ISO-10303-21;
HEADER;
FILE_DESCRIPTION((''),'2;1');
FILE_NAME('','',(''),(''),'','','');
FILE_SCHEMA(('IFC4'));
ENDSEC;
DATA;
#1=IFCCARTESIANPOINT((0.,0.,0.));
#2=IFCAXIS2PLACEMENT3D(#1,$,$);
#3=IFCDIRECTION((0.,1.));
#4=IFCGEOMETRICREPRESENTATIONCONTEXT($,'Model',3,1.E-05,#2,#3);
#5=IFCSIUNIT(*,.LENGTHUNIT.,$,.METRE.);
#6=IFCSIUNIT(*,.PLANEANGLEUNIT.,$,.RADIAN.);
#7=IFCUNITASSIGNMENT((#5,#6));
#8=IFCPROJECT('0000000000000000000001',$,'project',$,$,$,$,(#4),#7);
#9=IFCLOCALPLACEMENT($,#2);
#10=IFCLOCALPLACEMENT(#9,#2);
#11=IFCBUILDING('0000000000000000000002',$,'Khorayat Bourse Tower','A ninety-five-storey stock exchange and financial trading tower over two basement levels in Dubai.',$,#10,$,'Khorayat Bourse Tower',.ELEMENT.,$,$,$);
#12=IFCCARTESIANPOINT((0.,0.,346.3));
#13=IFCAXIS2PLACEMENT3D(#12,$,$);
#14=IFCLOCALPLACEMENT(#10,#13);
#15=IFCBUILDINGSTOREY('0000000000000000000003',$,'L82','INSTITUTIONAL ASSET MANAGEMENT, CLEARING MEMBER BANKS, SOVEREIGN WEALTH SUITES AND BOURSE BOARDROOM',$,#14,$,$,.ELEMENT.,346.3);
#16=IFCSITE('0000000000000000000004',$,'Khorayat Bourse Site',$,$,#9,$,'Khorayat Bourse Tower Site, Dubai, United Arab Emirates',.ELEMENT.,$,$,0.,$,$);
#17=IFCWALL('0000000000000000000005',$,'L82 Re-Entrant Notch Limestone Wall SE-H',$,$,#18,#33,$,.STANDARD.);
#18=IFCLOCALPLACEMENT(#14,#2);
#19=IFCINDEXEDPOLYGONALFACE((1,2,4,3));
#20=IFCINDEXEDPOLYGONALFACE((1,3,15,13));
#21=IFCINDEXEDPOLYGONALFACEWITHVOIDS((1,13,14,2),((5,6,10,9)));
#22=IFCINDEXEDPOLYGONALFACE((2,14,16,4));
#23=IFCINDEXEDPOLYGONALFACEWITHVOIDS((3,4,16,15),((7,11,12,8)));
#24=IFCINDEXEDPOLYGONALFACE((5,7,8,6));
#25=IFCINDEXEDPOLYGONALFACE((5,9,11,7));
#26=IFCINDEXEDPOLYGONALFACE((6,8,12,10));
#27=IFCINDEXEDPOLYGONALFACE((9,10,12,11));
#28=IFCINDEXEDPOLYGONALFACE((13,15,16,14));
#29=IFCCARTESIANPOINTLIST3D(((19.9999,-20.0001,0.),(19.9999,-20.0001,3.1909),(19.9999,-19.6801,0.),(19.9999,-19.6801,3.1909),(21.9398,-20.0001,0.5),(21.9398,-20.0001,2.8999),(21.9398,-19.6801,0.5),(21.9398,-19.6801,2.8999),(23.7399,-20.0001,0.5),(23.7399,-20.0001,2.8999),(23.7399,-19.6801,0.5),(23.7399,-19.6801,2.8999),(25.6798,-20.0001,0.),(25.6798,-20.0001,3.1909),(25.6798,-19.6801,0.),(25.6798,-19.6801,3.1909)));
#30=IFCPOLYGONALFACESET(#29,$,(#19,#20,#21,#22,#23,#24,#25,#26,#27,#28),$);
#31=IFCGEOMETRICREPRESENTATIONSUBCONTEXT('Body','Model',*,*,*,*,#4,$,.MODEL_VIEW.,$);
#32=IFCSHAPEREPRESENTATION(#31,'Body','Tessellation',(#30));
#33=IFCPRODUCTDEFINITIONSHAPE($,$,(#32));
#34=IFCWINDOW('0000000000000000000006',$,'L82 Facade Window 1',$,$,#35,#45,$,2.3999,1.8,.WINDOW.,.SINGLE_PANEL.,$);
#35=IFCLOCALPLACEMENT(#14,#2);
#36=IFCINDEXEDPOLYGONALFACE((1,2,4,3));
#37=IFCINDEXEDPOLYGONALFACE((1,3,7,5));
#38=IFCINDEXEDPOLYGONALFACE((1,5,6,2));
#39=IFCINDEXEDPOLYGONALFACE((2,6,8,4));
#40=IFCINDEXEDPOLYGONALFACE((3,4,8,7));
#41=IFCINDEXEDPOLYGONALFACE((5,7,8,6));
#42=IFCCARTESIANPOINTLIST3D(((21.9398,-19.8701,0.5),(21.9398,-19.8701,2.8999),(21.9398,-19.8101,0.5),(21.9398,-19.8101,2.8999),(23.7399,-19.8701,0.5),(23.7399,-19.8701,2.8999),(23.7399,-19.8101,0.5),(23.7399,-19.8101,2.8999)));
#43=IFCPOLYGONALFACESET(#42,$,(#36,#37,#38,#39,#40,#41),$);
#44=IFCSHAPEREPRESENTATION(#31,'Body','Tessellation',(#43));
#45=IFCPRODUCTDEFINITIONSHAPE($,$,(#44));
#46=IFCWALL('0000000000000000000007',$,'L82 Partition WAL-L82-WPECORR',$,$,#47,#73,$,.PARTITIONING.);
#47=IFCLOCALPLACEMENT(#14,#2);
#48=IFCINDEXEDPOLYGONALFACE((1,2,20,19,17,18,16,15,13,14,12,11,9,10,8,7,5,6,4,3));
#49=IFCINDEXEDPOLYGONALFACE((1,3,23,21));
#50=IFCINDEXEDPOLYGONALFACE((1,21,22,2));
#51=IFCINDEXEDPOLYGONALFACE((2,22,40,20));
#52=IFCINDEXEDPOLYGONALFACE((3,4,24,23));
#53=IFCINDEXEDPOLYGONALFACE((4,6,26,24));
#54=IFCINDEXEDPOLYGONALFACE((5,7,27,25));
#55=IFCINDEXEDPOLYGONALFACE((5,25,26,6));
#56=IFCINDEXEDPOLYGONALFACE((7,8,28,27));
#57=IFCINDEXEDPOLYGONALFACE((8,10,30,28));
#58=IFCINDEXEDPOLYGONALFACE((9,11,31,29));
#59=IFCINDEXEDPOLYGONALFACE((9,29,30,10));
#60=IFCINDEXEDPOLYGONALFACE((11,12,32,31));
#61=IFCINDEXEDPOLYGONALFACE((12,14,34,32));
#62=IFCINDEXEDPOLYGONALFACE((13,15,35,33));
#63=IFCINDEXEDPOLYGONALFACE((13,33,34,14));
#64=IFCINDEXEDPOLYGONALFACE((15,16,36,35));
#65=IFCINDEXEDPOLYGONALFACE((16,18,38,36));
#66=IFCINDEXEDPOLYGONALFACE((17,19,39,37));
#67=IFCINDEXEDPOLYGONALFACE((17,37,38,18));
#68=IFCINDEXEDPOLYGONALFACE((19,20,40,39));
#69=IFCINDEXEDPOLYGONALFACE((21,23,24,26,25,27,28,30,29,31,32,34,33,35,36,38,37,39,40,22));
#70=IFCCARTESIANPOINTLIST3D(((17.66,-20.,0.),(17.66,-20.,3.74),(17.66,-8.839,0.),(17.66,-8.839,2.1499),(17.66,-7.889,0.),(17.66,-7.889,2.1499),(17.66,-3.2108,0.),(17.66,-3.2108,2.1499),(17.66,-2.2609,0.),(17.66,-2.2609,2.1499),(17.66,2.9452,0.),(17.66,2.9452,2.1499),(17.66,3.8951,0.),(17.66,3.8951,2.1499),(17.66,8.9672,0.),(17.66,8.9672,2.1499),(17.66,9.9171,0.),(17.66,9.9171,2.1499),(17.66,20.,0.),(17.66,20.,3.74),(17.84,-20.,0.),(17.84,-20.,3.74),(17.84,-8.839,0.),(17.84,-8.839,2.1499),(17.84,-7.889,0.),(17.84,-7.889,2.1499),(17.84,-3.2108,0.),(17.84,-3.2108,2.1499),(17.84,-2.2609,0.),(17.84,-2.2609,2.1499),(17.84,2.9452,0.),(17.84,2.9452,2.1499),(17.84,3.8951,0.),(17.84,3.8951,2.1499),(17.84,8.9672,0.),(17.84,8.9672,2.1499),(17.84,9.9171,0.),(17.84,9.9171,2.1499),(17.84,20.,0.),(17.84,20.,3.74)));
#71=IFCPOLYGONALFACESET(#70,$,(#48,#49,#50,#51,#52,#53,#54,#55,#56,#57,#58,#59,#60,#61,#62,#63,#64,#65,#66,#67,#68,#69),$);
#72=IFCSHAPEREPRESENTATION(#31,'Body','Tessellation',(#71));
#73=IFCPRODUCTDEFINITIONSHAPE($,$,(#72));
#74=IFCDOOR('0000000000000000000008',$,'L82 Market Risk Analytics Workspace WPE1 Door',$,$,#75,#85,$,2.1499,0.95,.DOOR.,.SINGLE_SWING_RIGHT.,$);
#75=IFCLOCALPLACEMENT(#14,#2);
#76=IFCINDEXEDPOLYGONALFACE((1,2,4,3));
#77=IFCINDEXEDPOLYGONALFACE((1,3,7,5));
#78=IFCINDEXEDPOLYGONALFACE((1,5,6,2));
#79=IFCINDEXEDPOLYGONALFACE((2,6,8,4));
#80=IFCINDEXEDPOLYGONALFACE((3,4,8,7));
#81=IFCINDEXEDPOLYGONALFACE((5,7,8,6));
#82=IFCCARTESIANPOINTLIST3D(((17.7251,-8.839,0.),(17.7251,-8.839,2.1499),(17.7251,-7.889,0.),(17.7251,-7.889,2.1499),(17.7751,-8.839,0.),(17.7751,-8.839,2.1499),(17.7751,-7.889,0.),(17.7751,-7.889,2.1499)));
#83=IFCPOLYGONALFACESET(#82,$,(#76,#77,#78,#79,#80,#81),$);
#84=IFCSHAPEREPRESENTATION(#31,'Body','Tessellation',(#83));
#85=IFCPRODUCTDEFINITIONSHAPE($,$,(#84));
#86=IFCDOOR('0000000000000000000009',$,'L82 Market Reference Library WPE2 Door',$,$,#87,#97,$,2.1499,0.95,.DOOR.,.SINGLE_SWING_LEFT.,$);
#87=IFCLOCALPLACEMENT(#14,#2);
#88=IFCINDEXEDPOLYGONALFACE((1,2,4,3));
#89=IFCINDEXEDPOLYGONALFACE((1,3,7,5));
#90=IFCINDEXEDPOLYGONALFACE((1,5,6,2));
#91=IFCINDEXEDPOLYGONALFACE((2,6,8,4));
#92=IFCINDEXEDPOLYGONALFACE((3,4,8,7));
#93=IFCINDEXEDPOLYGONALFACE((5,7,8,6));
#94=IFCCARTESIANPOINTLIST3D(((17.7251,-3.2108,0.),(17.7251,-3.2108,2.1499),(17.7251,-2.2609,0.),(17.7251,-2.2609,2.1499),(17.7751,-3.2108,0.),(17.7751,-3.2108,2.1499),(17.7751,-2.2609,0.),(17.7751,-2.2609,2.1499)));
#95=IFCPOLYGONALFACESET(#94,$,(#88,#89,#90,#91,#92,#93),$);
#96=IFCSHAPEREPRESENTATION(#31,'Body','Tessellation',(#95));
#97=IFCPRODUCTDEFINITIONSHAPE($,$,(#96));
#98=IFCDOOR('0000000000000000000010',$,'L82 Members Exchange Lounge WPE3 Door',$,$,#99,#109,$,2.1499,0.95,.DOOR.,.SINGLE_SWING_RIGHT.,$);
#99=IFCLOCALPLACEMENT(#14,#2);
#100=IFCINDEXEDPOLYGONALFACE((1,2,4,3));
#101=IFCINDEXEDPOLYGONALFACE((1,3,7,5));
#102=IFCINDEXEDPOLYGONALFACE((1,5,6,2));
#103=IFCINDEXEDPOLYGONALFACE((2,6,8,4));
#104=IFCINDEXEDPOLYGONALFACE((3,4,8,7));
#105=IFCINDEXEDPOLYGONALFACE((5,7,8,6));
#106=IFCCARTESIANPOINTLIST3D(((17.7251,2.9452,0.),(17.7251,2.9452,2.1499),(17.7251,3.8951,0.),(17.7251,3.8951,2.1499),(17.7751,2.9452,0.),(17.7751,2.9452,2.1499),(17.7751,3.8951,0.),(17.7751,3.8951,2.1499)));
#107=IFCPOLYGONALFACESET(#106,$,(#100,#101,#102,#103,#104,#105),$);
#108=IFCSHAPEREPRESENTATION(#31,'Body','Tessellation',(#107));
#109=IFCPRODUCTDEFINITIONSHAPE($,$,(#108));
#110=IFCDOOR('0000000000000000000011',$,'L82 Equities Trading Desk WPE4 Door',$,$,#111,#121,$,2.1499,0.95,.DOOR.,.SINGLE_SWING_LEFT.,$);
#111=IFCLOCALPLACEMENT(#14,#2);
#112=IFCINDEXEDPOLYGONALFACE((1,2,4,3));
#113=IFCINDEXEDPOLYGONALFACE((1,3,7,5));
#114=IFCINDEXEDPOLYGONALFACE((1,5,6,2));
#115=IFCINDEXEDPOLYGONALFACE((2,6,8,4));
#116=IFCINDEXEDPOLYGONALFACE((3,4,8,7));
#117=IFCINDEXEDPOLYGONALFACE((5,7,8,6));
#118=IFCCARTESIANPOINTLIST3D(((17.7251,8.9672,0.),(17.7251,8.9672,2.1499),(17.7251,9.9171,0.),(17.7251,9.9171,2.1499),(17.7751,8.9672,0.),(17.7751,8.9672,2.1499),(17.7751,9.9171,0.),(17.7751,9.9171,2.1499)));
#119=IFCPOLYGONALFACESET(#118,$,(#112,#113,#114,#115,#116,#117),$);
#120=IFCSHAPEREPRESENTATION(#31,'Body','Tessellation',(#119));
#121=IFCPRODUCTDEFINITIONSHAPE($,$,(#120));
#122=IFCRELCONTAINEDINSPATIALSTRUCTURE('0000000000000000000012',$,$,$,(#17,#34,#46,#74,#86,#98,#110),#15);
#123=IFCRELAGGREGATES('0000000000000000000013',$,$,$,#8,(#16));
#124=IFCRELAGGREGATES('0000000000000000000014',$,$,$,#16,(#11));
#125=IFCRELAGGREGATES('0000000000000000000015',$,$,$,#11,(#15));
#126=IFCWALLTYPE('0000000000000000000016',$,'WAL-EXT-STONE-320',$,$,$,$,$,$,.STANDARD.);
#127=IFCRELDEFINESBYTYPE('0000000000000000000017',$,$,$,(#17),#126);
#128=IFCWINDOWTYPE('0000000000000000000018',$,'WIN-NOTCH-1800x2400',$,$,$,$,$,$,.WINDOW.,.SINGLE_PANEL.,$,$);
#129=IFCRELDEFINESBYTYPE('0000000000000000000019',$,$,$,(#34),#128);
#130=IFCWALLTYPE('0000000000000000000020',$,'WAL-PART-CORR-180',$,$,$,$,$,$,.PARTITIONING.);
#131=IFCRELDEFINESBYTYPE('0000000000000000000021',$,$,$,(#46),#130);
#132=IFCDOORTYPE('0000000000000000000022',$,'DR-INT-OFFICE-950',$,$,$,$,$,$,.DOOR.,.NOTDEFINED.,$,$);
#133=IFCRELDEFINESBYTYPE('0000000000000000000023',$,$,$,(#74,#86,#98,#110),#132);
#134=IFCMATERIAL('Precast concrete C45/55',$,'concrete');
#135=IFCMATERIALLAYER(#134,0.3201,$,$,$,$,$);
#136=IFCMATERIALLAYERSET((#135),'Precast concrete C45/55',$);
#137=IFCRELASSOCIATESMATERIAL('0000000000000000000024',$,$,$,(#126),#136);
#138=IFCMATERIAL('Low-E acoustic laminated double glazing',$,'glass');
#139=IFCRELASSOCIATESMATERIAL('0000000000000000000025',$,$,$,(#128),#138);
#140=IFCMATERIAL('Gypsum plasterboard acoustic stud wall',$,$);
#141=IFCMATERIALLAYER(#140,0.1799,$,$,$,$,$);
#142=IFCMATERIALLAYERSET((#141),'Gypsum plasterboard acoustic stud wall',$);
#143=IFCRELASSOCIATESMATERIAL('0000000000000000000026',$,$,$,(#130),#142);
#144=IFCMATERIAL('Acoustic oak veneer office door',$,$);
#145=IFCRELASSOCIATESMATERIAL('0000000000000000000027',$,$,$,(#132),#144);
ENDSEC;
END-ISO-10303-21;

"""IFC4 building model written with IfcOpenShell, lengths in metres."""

from ifc_helpers import new_model, si_unit, direction, frame, frame_2d, origin, place, context, subcontext, project, spatial, rectangle, extrude, source, transform, mapped, material, layer, layer_set, type_object, element, fill, save


model = new_model("IFC4")

# Units and contexts
model_context = context("Model", 3, precision=1e-05, world=origin(), true_north=direction((0.0, 1.0)))
body_context = subcontext(model_context, "Body", "Model", "MODEL_VIEW")
ifc_project = project(units=[si_unit("LENGTHUNIT", "METRE"), si_unit("PLANEANGLEUNIT", "RADIAN")], contexts=[model_context])

# Site, building, storey
site_placement = place(None, origin())
site = spatial("IfcSite", under=ifc_project, at=site_placement, Name="Khorayat Bourse Site", LongName="Khorayat Bourse Tower Site, Dubai, United Arab Emirates", CompositionType="ELEMENT", RefElevation=0.0)
building_placement = place(site_placement, origin())
building = spatial("IfcBuilding", under=site, at=building_placement, Name="Khorayat Bourse Tower", Description="A ninety-five-storey stock exchange and financial trading tower over two basement levels in Dubai.", LongName="Khorayat Bourse Tower", CompositionType="ELEMENT")
storey_placement = place(building_placement, frame((0.0, 0.0, 346.3)))
storey = spatial("IfcBuildingStorey", under=building, at=storey_placement, Name="L82", Description="INSTITUTIONAL ASSET MANAGEMENT, CLEARING MEMBER BANKS, SOVEREIGN WEALTH SUITES AND BOURSE BOARDROOM", CompositionType="ELEMENT", Elevation=346.3)

# Wall, opening, window
ifc_material_1 = material(Name="Precast concrete C45/55", Category="concrete")
ifc_layer_1 = layer(ifc_material_1, 0.3201)
ifc_layer_set_1 = layer_set([ifc_layer_1], Name="Precast concrete C45/55")
wall_type_1 = type_object("IfcWallType", Name="WAL-EXT-STONE-320", PredefinedType="STANDARD", material=ifc_layer_set_1)
shared_shape_1 = source(origin(), body_context, "Body", "SweptSolid", [
    extrude(rectangle(XDim=5.6799, YDim=0.3201, at=frame_2d((2.8398, 0.0))), origin(), (0.0, 0.0, 1.0), 3.1909),
])
shared_shape_2 = source(origin(), body_context, "Body", "SweptSolid", [
    extrude(rectangle(XDim=1.8, YDim=2.3999, at=frame_2d((0.8999, 1.2))), frame((0.0, 0.1699, 0.0), z_axis=(0.0, -1.0, 0.0), x_axis=(1.0, 0.0, 0.0)), (0.0, 0.0, 1.0), 0.3401),
])
ifc_material_2 = material(Name="Low-E acoustic laminated double glazing", Category="glass")
window_type = type_object("IfcWindowType", Name="WIN-NOTCH-1800x2400", PartitioningType="SINGLE_PANEL", PredefinedType="WINDOW", material=ifc_material_2)
shared_shape_3 = source(origin(), body_context, "Body", "SweptSolid", [
    extrude(rectangle(XDim=1.8, YDim=2.3999, at=frame_2d((0.8999, 1.2))), frame((0.0, 0.03, 0.0), z_axis=(0.0, -1.0, 0.0), x_axis=(1.0, 0.0, 0.0)), (0.0, 0.0, 1.0), 0.0601),
])
wall_1_placement = place(storey_placement, frame((20.0, -19.8401, 0.0), z_axis=(0.0, 0.0, 1.0), x_axis=(1.0, 0.0, 0.0)))
wall_1 = element("IfcWall", 1, at=wall_1_placement, inside=storey, type_object=wall_type_1, Name="L82 Re-Entrant Notch Limestone Wall SE-H", PredefinedType="STANDARD", context=body_context, shape_type="MappedRepresentation", body=[
    mapped(shared_shape_1, transform((0.0, 0.0, 0.0), scale=1.0)),
])
opening_1_placement = place(wall_1_placement, frame((1.9399, 0.0, 0.5)))
opening_1 = element("IfcOpeningElement", 2, at=opening_1_placement, cuts=wall_1, PredefinedType="OPENING", context=body_context, shape_type="MappedRepresentation", body=[
    mapped(shared_shape_2, transform((0.0, 0.0, 0.0), scale=1.0)),
])
window_1_placement = place(opening_1_placement, origin())
window_1 = element("IfcWindow", 3, at=window_1_placement, inside=storey, type_object=window_type, Name="L82 Facade Window 1", OverallHeight=2.3999, OverallWidth=1.8, PartitioningType="SINGLE_PANEL", PredefinedType="WINDOW", context=body_context, shape_type="MappedRepresentation", body=[
    mapped(shared_shape_3, transform((0.0, 0.0, 0.0), scale=1.0)),
])
fill(opening_1, window_1)

# Wall, openings, doors
ifc_material_3 = material(Name="Gypsum plasterboard acoustic stud wall")
ifc_layer_2 = layer(ifc_material_3, 0.1799)
ifc_layer_set_2 = layer_set([ifc_layer_2], Name="Gypsum plasterboard acoustic stud wall")
wall_type_2 = type_object("IfcWallType", Name="WAL-PART-CORR-180", PredefinedType="PARTITIONING", material=ifc_layer_set_2)
shared_shape_4 = source(origin(), body_context, "Body", "SweptSolid", [
    extrude(rectangle(XDim=40.0, YDim=0.1799, at=frame_2d((20.0, 0.0))), origin(), (0.0, 0.0, 1.0), 3.74),
])
wall_2_placement = place(storey_placement, frame((17.75, -20.0, 0.0), z_axis=(0.0, 0.0, 1.0), x_axis=(0.0, 1.0, 0.0)))
wall_2 = element("IfcWall", 4, at=wall_2_placement, inside=storey, type_object=wall_type_2, Name="L82 Partition WAL-L82-WPECORR", PredefinedType="PARTITIONING", context=body_context, shape_type="MappedRepresentation", body=[
    mapped(shared_shape_4, transform((0.0, 0.0, 0.0), scale=1.0)),
])
shared_shape_5 = source(origin(), body_context, "Body", "SweptSolid", [
    extrude(rectangle(XDim=0.95, YDim=2.1499, at=frame_2d((0.4751, 1.075))), frame((0.0, 0.0999, 0.0), z_axis=(0.0, -1.0, 0.0), x_axis=(1.0, 0.0, 0.0)), (0.0, 0.0, 1.0), 0.2),
])
opening_2_placement = place(wall_2_placement, frame((11.1609, 0.0, 0.0)))
opening_2 = element("IfcOpeningElement", 5, at=opening_2_placement, cuts=wall_2, PredefinedType="OPENING", context=body_context, shape_type="MappedRepresentation", body=[
    mapped(shared_shape_5, transform((0.0, 0.0, 0.0), scale=1.0)),
])
opening_3_placement = place(wall_2_placement, frame((16.7891, 0.0, 0.0)))
opening_3 = element("IfcOpeningElement", 6, at=opening_3_placement, cuts=wall_2, PredefinedType="OPENING", context=body_context, shape_type="MappedRepresentation", body=[
    mapped(shared_shape_5, transform((0.0, 0.0, 0.0), scale=1.0)),
])
opening_4_placement = place(wall_2_placement, frame((22.9451, 0.0, 0.0)))
opening_4 = element("IfcOpeningElement", 7, at=opening_4_placement, cuts=wall_2, PredefinedType="OPENING", context=body_context, shape_type="MappedRepresentation", body=[
    mapped(shared_shape_5, transform((0.0, 0.0, 0.0), scale=1.0)),
])
opening_5_placement = place(wall_2_placement, frame((28.967, 0.0, 0.0)))
opening_5 = element("IfcOpeningElement", 8, at=opening_5_placement, cuts=wall_2, PredefinedType="OPENING", context=body_context, shape_type="MappedRepresentation", body=[
    mapped(shared_shape_5, transform((0.0, 0.0, 0.0), scale=1.0)),
])
ifc_material_4 = material(Name="Acoustic oak veneer office door")
door_type = type_object("IfcDoorType", Name="DR-INT-OFFICE-950", OperationType="NOTDEFINED", PredefinedType="DOOR", material=ifc_material_4)
shared_shape_6 = source(origin(), body_context, "Body", "SweptSolid", [
    extrude(rectangle(XDim=0.95, YDim=2.1499, at=frame_2d((0.4751, 1.075))), frame((0.0, 0.0249, 0.0), z_axis=(0.0, -1.0, 0.0), x_axis=(1.0, 0.0, 0.0)), (0.0, 0.0, 1.0), 0.05),
])
door_1_placement = place(opening_2_placement, origin())
door_1 = element("IfcDoor", 9, at=door_1_placement, inside=storey, type_object=door_type, Name="L82 Market Risk Analytics Workspace WPE1 Door", OperationType="SINGLE_SWING_RIGHT", OverallHeight=2.1499, OverallWidth=0.95, PredefinedType="DOOR", context=body_context, shape_type="MappedRepresentation", body=[
    mapped(shared_shape_6, transform((0.0, 0.0, 0.0), scale=1.0)),
])
fill(opening_2, door_1)
door_2_placement = place(opening_3_placement, origin())
door_2 = element("IfcDoor", 10, at=door_2_placement, inside=storey, type_object=door_type, Name="L82 Market Reference Library WPE2 Door", OperationType="SINGLE_SWING_LEFT", OverallHeight=2.1499, OverallWidth=0.95, PredefinedType="DOOR", context=body_context, shape_type="MappedRepresentation", body=[
    mapped(shared_shape_6, transform((0.0, 0.0, 0.0), scale=1.0)),
])
fill(opening_3, door_2)
door_3_placement = place(opening_4_placement, origin())
door_3 = element("IfcDoor", 11, at=door_3_placement, inside=storey, type_object=door_type, Name="L82 Members Exchange Lounge WPE3 Door", OperationType="SINGLE_SWING_RIGHT", OverallHeight=2.1499, OverallWidth=0.95, PredefinedType="DOOR", context=body_context, shape_type="MappedRepresentation", body=[
    mapped(shared_shape_6, transform((0.0, 0.0, 0.0), scale=1.0)),
])
fill(opening_4, door_3)
door_4_placement = place(opening_5_placement, origin())
door_4 = element("IfcDoor", 12, at=door_4_placement, inside=storey, type_object=door_type, Name="L82 Equities Trading Desk WPE4 Door", OperationType="SINGLE_SWING_LEFT", OverallHeight=2.1499, OverallWidth=0.95, PredefinedType="DOOR", context=body_context, shape_type="MappedRepresentation", body=[
    mapped(shared_shape_6, transform((0.0, 0.0, 0.0), scale=1.0)),
])
fill(opening_5, door_4)

save(model, "model.ifc")
